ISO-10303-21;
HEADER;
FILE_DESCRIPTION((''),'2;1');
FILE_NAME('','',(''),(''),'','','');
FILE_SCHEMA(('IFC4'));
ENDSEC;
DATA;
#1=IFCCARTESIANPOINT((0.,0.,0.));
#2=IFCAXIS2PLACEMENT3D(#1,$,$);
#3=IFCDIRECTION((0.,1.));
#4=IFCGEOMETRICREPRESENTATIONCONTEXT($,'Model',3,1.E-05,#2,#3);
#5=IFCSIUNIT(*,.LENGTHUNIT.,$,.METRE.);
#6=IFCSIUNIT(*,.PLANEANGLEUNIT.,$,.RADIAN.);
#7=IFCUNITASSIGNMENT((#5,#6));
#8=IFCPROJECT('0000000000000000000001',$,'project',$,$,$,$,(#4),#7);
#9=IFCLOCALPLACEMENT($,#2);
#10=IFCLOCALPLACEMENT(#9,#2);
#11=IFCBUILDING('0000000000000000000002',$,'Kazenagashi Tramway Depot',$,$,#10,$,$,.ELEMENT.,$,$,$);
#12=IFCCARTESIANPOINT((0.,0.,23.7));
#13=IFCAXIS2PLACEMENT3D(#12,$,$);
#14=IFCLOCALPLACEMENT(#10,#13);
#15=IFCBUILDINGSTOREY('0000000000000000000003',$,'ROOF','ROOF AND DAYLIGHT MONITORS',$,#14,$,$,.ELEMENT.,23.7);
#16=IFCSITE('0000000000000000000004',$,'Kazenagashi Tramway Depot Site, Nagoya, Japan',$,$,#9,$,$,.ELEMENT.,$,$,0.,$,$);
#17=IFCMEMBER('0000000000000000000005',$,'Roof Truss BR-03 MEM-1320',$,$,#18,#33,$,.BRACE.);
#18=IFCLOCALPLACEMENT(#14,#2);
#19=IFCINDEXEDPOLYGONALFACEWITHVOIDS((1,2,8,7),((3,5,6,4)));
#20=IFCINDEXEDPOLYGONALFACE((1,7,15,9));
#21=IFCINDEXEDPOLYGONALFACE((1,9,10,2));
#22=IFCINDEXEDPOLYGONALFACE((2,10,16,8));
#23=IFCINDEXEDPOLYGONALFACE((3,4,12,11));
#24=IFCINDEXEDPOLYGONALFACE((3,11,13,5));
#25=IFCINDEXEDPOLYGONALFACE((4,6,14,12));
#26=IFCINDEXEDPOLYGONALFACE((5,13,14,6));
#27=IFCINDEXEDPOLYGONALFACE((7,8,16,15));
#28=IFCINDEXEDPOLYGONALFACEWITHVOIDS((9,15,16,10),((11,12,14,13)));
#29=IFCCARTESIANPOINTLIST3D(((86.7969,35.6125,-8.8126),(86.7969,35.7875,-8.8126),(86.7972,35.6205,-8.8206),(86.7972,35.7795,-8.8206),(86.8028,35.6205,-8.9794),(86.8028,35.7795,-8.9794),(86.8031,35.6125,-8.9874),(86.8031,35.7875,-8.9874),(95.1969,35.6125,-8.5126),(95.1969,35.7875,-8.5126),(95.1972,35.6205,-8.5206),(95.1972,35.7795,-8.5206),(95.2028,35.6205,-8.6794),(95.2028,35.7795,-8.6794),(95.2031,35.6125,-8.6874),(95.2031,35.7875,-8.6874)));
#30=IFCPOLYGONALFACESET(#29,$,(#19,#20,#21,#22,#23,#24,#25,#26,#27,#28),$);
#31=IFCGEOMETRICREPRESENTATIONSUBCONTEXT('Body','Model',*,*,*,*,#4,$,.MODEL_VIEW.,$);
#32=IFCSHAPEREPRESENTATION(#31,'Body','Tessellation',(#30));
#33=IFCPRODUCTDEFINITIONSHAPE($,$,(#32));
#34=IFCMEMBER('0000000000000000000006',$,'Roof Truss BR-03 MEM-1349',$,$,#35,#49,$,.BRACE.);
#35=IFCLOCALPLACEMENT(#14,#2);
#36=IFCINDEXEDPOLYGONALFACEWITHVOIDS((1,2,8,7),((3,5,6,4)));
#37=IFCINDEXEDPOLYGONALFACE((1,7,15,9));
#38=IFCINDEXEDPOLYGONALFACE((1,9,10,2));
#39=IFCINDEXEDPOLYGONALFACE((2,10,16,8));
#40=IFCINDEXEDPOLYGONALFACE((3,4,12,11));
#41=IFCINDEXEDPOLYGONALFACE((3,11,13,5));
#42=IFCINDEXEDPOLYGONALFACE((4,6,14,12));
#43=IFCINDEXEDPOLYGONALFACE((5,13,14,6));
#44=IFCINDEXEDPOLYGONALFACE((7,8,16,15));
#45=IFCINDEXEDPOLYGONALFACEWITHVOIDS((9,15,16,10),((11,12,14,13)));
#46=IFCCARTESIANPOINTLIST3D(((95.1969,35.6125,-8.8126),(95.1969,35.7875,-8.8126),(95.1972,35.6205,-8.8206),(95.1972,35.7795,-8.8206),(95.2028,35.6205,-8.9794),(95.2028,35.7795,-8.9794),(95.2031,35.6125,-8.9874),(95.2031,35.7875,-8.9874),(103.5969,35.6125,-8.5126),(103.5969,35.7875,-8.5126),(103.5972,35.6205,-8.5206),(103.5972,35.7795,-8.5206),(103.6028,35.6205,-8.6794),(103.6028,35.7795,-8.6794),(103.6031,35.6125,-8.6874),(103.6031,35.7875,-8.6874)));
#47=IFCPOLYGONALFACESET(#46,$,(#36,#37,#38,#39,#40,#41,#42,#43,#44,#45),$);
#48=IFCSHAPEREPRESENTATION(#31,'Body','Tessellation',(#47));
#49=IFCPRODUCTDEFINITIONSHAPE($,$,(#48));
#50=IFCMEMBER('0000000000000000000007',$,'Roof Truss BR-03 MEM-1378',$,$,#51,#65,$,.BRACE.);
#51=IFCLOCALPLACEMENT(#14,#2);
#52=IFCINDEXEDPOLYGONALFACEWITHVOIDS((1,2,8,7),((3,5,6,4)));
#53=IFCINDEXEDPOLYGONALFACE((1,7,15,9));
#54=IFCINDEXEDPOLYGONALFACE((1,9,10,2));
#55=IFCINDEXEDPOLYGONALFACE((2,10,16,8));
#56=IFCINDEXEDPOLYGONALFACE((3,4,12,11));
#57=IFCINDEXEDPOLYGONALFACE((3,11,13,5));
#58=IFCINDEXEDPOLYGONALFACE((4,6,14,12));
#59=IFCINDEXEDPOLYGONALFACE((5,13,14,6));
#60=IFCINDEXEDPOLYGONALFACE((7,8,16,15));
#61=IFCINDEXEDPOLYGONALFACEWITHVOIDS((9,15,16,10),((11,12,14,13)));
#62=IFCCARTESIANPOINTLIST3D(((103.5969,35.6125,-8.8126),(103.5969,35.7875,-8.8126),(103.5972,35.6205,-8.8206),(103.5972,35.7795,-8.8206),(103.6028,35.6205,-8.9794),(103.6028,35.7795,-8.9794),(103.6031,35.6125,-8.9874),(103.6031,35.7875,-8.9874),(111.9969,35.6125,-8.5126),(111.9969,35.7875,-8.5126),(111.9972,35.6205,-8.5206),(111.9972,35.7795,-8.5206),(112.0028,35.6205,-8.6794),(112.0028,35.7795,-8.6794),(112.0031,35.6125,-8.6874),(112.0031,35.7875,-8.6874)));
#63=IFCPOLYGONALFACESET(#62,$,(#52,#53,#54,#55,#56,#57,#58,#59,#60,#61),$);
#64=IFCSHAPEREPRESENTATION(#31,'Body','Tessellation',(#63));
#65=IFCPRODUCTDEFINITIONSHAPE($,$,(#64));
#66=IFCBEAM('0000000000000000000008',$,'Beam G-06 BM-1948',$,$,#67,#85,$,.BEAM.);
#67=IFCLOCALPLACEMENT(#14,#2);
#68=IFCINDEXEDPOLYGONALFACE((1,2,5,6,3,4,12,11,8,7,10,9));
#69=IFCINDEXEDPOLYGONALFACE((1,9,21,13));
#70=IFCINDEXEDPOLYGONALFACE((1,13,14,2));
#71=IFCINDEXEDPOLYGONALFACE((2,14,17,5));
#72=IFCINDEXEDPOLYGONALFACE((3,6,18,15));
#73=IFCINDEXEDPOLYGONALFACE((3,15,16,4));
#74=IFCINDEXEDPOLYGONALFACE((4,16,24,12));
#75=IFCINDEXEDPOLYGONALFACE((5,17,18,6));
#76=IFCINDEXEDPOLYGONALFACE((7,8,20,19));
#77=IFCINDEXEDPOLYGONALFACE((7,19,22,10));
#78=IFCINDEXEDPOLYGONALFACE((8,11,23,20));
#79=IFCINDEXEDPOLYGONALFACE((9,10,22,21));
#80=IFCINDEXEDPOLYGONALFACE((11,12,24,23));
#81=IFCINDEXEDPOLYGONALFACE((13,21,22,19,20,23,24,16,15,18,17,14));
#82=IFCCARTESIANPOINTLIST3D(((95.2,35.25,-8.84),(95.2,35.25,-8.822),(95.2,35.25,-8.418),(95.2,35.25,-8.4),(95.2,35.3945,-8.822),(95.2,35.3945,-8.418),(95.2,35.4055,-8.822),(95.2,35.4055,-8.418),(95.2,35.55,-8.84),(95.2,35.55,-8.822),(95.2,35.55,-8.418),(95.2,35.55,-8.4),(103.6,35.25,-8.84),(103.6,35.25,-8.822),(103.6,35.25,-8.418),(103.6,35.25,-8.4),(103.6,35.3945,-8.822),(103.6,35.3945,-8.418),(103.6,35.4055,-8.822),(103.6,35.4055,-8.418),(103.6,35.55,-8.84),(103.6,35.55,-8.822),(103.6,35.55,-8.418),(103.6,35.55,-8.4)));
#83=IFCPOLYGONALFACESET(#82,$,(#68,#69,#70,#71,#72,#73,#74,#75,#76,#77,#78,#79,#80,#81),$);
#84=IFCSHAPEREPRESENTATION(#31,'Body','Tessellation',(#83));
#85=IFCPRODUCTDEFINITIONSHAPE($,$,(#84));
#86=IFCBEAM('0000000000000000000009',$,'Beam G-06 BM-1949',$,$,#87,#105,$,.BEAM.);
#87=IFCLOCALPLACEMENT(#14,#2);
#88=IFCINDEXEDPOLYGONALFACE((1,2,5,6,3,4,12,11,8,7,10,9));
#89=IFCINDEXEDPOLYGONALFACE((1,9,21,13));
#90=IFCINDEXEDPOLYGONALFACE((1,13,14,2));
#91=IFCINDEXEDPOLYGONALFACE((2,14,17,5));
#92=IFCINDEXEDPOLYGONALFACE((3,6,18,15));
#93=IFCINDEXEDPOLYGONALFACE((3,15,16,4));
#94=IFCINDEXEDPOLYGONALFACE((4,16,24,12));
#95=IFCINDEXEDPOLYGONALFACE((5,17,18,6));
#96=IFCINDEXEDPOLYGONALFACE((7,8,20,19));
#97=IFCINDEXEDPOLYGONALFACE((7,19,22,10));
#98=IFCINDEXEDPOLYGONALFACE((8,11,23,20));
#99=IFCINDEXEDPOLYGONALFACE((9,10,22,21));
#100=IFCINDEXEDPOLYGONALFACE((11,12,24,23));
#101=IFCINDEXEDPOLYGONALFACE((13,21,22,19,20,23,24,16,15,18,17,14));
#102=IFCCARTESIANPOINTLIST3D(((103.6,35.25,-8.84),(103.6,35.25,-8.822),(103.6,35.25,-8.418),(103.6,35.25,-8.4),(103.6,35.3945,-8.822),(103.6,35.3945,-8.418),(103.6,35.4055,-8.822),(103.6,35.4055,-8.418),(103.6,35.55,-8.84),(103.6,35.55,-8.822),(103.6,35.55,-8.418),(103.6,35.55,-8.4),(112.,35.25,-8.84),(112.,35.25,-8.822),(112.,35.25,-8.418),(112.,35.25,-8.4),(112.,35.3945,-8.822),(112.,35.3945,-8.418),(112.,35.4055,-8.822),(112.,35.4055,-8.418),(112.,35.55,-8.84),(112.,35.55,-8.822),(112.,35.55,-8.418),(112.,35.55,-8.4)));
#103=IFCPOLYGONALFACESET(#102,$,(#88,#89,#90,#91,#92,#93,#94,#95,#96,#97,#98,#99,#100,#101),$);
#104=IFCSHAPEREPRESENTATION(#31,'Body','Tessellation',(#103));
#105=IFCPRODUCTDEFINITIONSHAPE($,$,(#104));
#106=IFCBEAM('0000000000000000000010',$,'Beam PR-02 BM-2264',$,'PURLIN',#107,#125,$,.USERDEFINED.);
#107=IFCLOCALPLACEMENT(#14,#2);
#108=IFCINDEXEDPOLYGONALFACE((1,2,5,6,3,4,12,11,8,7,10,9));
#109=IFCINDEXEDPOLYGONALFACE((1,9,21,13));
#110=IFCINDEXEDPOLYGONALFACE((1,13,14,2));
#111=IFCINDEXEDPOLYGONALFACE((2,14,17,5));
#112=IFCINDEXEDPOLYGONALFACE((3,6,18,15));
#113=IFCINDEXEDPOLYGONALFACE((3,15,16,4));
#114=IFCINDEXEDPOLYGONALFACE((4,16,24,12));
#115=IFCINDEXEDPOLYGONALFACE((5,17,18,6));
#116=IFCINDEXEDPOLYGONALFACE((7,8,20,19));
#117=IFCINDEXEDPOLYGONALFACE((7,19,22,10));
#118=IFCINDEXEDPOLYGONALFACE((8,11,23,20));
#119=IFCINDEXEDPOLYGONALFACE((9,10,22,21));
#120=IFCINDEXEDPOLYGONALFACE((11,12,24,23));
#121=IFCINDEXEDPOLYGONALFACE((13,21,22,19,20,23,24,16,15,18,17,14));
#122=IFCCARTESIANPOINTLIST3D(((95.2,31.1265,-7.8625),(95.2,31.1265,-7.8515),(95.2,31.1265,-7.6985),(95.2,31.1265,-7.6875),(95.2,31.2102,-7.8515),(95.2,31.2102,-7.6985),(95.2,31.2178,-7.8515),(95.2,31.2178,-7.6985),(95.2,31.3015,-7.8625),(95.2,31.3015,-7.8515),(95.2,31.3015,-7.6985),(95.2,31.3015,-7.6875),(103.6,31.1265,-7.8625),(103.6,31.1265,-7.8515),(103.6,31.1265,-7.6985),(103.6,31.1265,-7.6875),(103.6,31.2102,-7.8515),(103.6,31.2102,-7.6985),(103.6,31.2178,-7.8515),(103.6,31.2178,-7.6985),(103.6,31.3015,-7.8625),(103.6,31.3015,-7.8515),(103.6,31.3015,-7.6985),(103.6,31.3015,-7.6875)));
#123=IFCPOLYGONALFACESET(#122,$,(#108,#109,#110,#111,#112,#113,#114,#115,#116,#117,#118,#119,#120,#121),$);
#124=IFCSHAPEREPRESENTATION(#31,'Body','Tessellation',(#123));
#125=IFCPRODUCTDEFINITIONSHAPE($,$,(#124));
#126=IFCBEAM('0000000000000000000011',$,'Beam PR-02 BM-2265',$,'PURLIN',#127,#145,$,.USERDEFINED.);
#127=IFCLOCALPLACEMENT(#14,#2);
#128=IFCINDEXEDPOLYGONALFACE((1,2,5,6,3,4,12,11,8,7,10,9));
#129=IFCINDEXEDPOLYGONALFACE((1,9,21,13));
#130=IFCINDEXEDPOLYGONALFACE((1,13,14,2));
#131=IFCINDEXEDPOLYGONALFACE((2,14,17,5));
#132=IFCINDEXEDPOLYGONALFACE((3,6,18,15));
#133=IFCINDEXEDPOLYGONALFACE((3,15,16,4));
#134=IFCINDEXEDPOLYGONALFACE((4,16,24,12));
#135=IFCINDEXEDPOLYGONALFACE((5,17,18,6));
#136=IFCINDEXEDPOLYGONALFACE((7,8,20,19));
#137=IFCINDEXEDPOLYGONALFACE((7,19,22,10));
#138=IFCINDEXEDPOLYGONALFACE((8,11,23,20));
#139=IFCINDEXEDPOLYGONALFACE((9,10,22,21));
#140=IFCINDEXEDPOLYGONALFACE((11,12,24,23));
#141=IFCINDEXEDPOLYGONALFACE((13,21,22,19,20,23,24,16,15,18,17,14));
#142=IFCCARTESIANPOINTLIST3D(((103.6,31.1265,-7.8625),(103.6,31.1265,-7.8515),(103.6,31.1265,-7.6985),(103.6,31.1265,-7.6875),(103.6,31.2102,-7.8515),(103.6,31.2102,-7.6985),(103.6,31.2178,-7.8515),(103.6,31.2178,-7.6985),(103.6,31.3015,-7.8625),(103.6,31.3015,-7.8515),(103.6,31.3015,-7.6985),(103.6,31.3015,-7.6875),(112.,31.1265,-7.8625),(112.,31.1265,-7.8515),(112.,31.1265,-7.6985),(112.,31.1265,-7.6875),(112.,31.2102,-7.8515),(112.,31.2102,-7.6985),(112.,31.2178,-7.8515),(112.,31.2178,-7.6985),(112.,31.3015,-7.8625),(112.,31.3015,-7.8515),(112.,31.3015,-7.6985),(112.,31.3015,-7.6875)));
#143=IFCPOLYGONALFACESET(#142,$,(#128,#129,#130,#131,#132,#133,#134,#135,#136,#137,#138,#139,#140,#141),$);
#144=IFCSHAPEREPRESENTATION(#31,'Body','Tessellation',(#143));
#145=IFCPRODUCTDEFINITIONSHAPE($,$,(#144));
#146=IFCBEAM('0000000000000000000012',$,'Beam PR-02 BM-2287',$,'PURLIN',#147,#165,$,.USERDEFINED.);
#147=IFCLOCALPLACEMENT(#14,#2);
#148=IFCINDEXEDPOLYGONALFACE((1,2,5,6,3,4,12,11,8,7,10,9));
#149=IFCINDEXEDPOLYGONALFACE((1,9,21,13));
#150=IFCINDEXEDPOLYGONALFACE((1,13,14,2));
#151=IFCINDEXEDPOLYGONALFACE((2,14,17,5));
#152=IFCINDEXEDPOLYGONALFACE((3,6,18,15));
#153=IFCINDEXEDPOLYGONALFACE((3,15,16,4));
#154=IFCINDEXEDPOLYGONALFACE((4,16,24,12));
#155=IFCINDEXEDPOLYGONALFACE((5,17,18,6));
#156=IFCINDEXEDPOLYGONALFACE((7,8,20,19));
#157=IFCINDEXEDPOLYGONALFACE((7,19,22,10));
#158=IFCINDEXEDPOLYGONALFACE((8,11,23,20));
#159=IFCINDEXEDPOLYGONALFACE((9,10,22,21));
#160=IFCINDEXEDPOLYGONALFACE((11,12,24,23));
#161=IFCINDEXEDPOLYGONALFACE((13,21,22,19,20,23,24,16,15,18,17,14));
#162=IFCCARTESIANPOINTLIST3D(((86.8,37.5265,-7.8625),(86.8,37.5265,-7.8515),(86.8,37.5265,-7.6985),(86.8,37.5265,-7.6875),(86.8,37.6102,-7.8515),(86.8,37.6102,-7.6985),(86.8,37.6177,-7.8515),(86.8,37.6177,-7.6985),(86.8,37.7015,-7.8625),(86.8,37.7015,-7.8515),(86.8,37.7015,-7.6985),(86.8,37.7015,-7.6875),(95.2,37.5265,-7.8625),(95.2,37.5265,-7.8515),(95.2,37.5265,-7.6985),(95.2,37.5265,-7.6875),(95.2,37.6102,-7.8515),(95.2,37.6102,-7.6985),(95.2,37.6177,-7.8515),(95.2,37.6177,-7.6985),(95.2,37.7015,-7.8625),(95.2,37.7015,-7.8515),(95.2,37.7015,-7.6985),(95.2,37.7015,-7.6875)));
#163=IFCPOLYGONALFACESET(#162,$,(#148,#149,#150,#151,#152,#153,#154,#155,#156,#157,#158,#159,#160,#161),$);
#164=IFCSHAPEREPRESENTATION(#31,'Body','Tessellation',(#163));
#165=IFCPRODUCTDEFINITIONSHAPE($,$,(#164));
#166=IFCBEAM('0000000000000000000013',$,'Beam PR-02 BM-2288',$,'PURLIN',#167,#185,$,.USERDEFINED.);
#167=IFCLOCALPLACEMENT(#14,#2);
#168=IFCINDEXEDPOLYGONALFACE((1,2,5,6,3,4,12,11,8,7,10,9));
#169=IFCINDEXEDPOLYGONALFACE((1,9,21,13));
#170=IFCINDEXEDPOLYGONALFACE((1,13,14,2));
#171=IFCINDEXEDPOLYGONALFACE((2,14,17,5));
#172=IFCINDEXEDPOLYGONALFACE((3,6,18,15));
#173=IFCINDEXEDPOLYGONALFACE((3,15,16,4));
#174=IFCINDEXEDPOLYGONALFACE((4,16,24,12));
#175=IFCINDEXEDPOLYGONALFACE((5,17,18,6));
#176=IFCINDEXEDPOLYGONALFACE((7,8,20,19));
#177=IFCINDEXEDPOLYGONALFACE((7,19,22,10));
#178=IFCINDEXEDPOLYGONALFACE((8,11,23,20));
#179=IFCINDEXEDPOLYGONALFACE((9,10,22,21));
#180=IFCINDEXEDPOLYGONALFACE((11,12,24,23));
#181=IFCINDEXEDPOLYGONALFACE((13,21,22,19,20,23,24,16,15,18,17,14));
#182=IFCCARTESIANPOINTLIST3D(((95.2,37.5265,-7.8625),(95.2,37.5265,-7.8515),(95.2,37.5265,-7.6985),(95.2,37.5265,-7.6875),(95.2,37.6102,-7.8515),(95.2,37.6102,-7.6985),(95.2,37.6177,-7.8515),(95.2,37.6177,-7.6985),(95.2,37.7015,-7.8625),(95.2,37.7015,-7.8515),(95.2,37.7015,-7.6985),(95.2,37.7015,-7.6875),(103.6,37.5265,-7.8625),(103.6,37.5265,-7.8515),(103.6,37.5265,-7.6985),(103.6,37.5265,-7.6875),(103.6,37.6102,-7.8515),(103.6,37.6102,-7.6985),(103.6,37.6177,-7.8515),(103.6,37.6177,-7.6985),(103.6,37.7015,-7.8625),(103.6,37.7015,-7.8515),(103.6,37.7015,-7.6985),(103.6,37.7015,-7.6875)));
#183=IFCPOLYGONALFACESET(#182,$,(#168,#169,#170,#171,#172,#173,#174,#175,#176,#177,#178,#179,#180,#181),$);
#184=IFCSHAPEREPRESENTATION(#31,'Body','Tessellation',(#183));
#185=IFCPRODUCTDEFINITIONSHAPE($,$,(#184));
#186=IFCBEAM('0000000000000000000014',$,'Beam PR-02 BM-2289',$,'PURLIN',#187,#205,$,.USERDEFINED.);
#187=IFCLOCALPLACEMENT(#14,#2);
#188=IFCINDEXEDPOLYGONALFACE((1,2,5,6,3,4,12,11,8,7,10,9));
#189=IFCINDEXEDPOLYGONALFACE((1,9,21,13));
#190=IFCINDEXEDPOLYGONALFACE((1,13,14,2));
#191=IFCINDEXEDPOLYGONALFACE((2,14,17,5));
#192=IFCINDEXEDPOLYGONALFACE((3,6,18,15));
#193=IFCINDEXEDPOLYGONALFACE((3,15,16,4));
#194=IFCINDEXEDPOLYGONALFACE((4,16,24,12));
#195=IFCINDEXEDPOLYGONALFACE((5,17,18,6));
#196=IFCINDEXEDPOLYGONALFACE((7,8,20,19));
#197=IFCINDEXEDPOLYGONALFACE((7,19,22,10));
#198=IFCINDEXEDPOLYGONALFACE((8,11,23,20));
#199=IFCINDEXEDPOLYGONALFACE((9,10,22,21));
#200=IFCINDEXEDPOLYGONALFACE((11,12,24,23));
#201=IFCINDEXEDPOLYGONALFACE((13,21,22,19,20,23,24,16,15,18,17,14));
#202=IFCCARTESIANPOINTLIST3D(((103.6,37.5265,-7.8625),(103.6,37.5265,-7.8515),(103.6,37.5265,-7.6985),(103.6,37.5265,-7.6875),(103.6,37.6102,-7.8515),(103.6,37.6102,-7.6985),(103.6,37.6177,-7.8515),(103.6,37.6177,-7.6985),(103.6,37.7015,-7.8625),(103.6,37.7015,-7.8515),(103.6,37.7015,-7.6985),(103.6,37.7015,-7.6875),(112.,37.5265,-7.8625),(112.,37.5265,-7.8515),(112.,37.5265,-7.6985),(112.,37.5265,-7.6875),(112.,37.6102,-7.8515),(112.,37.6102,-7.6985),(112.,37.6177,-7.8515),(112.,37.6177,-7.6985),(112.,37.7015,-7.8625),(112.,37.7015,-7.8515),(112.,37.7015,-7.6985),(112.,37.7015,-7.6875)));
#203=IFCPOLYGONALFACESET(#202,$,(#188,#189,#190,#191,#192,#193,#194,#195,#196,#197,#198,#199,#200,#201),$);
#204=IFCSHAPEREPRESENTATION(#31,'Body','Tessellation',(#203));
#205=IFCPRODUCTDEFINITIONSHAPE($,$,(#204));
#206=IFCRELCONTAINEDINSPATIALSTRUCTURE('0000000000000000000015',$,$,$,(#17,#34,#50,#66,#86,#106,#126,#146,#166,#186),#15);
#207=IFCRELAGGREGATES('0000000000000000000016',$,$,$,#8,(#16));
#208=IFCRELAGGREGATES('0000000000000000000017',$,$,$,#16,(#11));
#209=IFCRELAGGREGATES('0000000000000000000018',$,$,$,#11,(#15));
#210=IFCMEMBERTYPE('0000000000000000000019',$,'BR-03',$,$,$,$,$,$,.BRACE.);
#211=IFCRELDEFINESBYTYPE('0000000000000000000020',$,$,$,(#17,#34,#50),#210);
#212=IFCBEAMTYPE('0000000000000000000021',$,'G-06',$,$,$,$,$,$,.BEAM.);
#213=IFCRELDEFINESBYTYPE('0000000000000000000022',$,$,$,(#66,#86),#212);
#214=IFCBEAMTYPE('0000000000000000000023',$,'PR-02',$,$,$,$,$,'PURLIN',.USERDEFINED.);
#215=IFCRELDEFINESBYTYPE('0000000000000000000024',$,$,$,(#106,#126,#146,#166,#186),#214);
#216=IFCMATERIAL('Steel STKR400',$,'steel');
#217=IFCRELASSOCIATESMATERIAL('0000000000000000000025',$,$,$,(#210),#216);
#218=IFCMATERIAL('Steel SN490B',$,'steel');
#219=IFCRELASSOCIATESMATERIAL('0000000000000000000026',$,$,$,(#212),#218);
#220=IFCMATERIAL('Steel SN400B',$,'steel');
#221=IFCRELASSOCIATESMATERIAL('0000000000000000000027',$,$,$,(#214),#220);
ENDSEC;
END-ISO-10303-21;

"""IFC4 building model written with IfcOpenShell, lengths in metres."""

from ifc_helpers import new_model, si_unit, direction, frame, origin, origin_2d, place, context, subcontext, project, spatial, hollow_rectangle, i_section, extrude, material, material_profile, profile_set, type_object, element, save


model = new_model("IFC4")

# Units and contexts
model_context = context("Model", 3, precision=1e-05, world=origin(), true_north=direction((0.0, 1.0)))
body_context = subcontext(model_context, "Body", "Model", "MODEL_VIEW")
ifc_project = project(units=[si_unit("LENGTHUNIT", "METRE"), si_unit("PLANEANGLEUNIT", "RADIAN")], contexts=[model_context])

# Site, building, storey
site_placement = place(None, origin())
site = spatial("IfcSite", under=ifc_project, at=site_placement, Name="Kazenagashi Tramway Depot Site, Nagoya, Japan", CompositionType="ELEMENT", RefElevation=0.0)
building_placement = place(site_placement, origin())
building = spatial("IfcBuilding", under=site, at=building_placement, Name="Kazenagashi Tramway Depot", CompositionType="ELEMENT")
storey_placement = place(building_placement, frame((0.0, 0.0, 23.7)))
storey = spatial("IfcBuildingStorey", under=building, at=storey_placement, Name="ROOF", Description="ROOF AND DAYLIGHT MONITORS", CompositionType="ELEMENT", Elevation=23.7)

# Members
ifc_material_1 = material(Name="Steel STKR400", Category="steel")
ifc_material_profile_1 = material_profile(ifc_material_1, hollow_rectangle(XDim=0.175, YDim=0.175, WallThickness=0.008, at=origin_2d()), Name="SHS-175x175x8")
ifc_profile_set_1 = profile_set([ifc_material_profile_1], Name="Steel STKR400")
member_type_1 = type_object("IfcMemberType", Name="BR-03", PredefinedType="BRACE", material=ifc_profile_set_1)
for number, where, z_axis, x_axis, name in (
    (1, (86.8, 35.7, -8.9), (0.999363, 0.0, 0.035692), (0.0, 1.0, 0.0), "Roof Truss BR-03 MEM-1320"),
    (2, (95.2, 35.7, -8.9), (0.999363, 0.0, 0.035692), (0.0, 1.0, 0.0), "Roof Truss BR-03 MEM-1349"),
    (3, (103.6, 35.7, -8.9), (0.999363, 0.0, 0.035692), (0.0, 1.0, 0.0), "Roof Truss BR-03 MEM-1378"),
):
    element("IfcMember", number, at=place(storey_placement, frame(where, z_axis=z_axis, x_axis=x_axis)), inside=storey, type_object=member_type_1, Name=name, PredefinedType="BRACE", context=body_context, shape_type="SweptSolid", body=[
        extrude(hollow_rectangle(XDim=0.175, YDim=0.175, WallThickness=0.008, at=origin_2d()), origin(), (0.0, 0.0, 1.0), 8.4054),
    ])

# Beams
ifc_material_2 = material(Name="Steel SN490B", Category="steel")
ifc_material_profile_2 = material_profile(ifc_material_2, i_section(OverallWidth=0.3, OverallDepth=0.44, WebThickness=0.011, FlangeThickness=0.018, at=origin_2d()), Name="H-440x300x11x18")
ifc_profile_set_2 = profile_set([ifc_material_profile_2], Name="Steel SN490B")
beam_type_1 = type_object("IfcBeamType", Name="G-06", PredefinedType="BEAM", material=ifc_profile_set_2)
for number, where, z_axis, x_axis, name in (
    (4, (95.2, 35.4, -8.62), (1.0, 0.0, 0.0), (0.0, 1.0, 0.0), "Beam G-06 BM-1948"),
    (5, (103.6, 35.4, -8.62), (1.0, 0.0, 0.0), (0.0, 1.0, 0.0), "Beam G-06 BM-1949"),
):
    element("IfcBeam", number, at=place(storey_placement, frame(where, z_axis=z_axis, x_axis=x_axis)), inside=storey, type_object=beam_type_1, Name=name, PredefinedType="BEAM", context=body_context, shape_type="SweptSolid", body=[
        extrude(i_section(OverallWidth=0.3, OverallDepth=0.44, WebThickness=0.011, FlangeThickness=0.018, at=origin_2d()), origin(), (0.0, 0.0, 1.0), 8.4),
    ])
ifc_material_3 = material(Name="Steel SN400B", Category="steel")
ifc_material_profile_3 = material_profile(ifc_material_3, i_section(OverallWidth=0.175, OverallDepth=0.175, WebThickness=0.0075, FlangeThickness=0.011, at=origin_2d()), Name="H-175x175x7.5x11")
ifc_profile_set_3 = profile_set([ifc_material_profile_3], Name="Steel SN400B")
beam_type_2 = type_object("IfcBeamType", Name="PR-02", ElementType="PURLIN", PredefinedType="USERDEFINED", material=ifc_profile_set_3)
for number, where, z_axis, x_axis, name in (
    (6, (95.2, 31.214, -7.775), (1.0, 0.0, 0.0), (0.0, 1.0, 0.0), "Beam PR-02 BM-2264"),
    (7, (103.6, 31.214, -7.775), (1.0, 0.0, 0.0), (0.0, 1.0, 0.0), "Beam PR-02 BM-2265"),
    (8, (86.8, 37.614, -7.775), (1.0, 0.0, 0.0), (0.0, 1.0, 0.0), "Beam PR-02 BM-2287"),
    (9, (95.2, 37.614, -7.775), (1.0, 0.0, 0.0), (0.0, 1.0, 0.0), "Beam PR-02 BM-2288"),
    (10, (103.6, 37.614, -7.775), (1.0, 0.0, 0.0), (0.0, 1.0, 0.0), "Beam PR-02 BM-2289"),
):
    element("IfcBeam", number, at=place(storey_placement, frame(where, z_axis=z_axis, x_axis=x_axis)), inside=storey, type_object=beam_type_2, Name=name, ObjectType="PURLIN", PredefinedType="USERDEFINED", context=body_context, shape_type="SweptSolid", body=[
        extrude(i_section(OverallWidth=0.175, OverallDepth=0.175, WebThickness=0.0075, FlangeThickness=0.011, at=origin_2d()), origin(), (0.0, 0.0, 1.0), 8.4),
    ])

save(model, "model.ifc")
